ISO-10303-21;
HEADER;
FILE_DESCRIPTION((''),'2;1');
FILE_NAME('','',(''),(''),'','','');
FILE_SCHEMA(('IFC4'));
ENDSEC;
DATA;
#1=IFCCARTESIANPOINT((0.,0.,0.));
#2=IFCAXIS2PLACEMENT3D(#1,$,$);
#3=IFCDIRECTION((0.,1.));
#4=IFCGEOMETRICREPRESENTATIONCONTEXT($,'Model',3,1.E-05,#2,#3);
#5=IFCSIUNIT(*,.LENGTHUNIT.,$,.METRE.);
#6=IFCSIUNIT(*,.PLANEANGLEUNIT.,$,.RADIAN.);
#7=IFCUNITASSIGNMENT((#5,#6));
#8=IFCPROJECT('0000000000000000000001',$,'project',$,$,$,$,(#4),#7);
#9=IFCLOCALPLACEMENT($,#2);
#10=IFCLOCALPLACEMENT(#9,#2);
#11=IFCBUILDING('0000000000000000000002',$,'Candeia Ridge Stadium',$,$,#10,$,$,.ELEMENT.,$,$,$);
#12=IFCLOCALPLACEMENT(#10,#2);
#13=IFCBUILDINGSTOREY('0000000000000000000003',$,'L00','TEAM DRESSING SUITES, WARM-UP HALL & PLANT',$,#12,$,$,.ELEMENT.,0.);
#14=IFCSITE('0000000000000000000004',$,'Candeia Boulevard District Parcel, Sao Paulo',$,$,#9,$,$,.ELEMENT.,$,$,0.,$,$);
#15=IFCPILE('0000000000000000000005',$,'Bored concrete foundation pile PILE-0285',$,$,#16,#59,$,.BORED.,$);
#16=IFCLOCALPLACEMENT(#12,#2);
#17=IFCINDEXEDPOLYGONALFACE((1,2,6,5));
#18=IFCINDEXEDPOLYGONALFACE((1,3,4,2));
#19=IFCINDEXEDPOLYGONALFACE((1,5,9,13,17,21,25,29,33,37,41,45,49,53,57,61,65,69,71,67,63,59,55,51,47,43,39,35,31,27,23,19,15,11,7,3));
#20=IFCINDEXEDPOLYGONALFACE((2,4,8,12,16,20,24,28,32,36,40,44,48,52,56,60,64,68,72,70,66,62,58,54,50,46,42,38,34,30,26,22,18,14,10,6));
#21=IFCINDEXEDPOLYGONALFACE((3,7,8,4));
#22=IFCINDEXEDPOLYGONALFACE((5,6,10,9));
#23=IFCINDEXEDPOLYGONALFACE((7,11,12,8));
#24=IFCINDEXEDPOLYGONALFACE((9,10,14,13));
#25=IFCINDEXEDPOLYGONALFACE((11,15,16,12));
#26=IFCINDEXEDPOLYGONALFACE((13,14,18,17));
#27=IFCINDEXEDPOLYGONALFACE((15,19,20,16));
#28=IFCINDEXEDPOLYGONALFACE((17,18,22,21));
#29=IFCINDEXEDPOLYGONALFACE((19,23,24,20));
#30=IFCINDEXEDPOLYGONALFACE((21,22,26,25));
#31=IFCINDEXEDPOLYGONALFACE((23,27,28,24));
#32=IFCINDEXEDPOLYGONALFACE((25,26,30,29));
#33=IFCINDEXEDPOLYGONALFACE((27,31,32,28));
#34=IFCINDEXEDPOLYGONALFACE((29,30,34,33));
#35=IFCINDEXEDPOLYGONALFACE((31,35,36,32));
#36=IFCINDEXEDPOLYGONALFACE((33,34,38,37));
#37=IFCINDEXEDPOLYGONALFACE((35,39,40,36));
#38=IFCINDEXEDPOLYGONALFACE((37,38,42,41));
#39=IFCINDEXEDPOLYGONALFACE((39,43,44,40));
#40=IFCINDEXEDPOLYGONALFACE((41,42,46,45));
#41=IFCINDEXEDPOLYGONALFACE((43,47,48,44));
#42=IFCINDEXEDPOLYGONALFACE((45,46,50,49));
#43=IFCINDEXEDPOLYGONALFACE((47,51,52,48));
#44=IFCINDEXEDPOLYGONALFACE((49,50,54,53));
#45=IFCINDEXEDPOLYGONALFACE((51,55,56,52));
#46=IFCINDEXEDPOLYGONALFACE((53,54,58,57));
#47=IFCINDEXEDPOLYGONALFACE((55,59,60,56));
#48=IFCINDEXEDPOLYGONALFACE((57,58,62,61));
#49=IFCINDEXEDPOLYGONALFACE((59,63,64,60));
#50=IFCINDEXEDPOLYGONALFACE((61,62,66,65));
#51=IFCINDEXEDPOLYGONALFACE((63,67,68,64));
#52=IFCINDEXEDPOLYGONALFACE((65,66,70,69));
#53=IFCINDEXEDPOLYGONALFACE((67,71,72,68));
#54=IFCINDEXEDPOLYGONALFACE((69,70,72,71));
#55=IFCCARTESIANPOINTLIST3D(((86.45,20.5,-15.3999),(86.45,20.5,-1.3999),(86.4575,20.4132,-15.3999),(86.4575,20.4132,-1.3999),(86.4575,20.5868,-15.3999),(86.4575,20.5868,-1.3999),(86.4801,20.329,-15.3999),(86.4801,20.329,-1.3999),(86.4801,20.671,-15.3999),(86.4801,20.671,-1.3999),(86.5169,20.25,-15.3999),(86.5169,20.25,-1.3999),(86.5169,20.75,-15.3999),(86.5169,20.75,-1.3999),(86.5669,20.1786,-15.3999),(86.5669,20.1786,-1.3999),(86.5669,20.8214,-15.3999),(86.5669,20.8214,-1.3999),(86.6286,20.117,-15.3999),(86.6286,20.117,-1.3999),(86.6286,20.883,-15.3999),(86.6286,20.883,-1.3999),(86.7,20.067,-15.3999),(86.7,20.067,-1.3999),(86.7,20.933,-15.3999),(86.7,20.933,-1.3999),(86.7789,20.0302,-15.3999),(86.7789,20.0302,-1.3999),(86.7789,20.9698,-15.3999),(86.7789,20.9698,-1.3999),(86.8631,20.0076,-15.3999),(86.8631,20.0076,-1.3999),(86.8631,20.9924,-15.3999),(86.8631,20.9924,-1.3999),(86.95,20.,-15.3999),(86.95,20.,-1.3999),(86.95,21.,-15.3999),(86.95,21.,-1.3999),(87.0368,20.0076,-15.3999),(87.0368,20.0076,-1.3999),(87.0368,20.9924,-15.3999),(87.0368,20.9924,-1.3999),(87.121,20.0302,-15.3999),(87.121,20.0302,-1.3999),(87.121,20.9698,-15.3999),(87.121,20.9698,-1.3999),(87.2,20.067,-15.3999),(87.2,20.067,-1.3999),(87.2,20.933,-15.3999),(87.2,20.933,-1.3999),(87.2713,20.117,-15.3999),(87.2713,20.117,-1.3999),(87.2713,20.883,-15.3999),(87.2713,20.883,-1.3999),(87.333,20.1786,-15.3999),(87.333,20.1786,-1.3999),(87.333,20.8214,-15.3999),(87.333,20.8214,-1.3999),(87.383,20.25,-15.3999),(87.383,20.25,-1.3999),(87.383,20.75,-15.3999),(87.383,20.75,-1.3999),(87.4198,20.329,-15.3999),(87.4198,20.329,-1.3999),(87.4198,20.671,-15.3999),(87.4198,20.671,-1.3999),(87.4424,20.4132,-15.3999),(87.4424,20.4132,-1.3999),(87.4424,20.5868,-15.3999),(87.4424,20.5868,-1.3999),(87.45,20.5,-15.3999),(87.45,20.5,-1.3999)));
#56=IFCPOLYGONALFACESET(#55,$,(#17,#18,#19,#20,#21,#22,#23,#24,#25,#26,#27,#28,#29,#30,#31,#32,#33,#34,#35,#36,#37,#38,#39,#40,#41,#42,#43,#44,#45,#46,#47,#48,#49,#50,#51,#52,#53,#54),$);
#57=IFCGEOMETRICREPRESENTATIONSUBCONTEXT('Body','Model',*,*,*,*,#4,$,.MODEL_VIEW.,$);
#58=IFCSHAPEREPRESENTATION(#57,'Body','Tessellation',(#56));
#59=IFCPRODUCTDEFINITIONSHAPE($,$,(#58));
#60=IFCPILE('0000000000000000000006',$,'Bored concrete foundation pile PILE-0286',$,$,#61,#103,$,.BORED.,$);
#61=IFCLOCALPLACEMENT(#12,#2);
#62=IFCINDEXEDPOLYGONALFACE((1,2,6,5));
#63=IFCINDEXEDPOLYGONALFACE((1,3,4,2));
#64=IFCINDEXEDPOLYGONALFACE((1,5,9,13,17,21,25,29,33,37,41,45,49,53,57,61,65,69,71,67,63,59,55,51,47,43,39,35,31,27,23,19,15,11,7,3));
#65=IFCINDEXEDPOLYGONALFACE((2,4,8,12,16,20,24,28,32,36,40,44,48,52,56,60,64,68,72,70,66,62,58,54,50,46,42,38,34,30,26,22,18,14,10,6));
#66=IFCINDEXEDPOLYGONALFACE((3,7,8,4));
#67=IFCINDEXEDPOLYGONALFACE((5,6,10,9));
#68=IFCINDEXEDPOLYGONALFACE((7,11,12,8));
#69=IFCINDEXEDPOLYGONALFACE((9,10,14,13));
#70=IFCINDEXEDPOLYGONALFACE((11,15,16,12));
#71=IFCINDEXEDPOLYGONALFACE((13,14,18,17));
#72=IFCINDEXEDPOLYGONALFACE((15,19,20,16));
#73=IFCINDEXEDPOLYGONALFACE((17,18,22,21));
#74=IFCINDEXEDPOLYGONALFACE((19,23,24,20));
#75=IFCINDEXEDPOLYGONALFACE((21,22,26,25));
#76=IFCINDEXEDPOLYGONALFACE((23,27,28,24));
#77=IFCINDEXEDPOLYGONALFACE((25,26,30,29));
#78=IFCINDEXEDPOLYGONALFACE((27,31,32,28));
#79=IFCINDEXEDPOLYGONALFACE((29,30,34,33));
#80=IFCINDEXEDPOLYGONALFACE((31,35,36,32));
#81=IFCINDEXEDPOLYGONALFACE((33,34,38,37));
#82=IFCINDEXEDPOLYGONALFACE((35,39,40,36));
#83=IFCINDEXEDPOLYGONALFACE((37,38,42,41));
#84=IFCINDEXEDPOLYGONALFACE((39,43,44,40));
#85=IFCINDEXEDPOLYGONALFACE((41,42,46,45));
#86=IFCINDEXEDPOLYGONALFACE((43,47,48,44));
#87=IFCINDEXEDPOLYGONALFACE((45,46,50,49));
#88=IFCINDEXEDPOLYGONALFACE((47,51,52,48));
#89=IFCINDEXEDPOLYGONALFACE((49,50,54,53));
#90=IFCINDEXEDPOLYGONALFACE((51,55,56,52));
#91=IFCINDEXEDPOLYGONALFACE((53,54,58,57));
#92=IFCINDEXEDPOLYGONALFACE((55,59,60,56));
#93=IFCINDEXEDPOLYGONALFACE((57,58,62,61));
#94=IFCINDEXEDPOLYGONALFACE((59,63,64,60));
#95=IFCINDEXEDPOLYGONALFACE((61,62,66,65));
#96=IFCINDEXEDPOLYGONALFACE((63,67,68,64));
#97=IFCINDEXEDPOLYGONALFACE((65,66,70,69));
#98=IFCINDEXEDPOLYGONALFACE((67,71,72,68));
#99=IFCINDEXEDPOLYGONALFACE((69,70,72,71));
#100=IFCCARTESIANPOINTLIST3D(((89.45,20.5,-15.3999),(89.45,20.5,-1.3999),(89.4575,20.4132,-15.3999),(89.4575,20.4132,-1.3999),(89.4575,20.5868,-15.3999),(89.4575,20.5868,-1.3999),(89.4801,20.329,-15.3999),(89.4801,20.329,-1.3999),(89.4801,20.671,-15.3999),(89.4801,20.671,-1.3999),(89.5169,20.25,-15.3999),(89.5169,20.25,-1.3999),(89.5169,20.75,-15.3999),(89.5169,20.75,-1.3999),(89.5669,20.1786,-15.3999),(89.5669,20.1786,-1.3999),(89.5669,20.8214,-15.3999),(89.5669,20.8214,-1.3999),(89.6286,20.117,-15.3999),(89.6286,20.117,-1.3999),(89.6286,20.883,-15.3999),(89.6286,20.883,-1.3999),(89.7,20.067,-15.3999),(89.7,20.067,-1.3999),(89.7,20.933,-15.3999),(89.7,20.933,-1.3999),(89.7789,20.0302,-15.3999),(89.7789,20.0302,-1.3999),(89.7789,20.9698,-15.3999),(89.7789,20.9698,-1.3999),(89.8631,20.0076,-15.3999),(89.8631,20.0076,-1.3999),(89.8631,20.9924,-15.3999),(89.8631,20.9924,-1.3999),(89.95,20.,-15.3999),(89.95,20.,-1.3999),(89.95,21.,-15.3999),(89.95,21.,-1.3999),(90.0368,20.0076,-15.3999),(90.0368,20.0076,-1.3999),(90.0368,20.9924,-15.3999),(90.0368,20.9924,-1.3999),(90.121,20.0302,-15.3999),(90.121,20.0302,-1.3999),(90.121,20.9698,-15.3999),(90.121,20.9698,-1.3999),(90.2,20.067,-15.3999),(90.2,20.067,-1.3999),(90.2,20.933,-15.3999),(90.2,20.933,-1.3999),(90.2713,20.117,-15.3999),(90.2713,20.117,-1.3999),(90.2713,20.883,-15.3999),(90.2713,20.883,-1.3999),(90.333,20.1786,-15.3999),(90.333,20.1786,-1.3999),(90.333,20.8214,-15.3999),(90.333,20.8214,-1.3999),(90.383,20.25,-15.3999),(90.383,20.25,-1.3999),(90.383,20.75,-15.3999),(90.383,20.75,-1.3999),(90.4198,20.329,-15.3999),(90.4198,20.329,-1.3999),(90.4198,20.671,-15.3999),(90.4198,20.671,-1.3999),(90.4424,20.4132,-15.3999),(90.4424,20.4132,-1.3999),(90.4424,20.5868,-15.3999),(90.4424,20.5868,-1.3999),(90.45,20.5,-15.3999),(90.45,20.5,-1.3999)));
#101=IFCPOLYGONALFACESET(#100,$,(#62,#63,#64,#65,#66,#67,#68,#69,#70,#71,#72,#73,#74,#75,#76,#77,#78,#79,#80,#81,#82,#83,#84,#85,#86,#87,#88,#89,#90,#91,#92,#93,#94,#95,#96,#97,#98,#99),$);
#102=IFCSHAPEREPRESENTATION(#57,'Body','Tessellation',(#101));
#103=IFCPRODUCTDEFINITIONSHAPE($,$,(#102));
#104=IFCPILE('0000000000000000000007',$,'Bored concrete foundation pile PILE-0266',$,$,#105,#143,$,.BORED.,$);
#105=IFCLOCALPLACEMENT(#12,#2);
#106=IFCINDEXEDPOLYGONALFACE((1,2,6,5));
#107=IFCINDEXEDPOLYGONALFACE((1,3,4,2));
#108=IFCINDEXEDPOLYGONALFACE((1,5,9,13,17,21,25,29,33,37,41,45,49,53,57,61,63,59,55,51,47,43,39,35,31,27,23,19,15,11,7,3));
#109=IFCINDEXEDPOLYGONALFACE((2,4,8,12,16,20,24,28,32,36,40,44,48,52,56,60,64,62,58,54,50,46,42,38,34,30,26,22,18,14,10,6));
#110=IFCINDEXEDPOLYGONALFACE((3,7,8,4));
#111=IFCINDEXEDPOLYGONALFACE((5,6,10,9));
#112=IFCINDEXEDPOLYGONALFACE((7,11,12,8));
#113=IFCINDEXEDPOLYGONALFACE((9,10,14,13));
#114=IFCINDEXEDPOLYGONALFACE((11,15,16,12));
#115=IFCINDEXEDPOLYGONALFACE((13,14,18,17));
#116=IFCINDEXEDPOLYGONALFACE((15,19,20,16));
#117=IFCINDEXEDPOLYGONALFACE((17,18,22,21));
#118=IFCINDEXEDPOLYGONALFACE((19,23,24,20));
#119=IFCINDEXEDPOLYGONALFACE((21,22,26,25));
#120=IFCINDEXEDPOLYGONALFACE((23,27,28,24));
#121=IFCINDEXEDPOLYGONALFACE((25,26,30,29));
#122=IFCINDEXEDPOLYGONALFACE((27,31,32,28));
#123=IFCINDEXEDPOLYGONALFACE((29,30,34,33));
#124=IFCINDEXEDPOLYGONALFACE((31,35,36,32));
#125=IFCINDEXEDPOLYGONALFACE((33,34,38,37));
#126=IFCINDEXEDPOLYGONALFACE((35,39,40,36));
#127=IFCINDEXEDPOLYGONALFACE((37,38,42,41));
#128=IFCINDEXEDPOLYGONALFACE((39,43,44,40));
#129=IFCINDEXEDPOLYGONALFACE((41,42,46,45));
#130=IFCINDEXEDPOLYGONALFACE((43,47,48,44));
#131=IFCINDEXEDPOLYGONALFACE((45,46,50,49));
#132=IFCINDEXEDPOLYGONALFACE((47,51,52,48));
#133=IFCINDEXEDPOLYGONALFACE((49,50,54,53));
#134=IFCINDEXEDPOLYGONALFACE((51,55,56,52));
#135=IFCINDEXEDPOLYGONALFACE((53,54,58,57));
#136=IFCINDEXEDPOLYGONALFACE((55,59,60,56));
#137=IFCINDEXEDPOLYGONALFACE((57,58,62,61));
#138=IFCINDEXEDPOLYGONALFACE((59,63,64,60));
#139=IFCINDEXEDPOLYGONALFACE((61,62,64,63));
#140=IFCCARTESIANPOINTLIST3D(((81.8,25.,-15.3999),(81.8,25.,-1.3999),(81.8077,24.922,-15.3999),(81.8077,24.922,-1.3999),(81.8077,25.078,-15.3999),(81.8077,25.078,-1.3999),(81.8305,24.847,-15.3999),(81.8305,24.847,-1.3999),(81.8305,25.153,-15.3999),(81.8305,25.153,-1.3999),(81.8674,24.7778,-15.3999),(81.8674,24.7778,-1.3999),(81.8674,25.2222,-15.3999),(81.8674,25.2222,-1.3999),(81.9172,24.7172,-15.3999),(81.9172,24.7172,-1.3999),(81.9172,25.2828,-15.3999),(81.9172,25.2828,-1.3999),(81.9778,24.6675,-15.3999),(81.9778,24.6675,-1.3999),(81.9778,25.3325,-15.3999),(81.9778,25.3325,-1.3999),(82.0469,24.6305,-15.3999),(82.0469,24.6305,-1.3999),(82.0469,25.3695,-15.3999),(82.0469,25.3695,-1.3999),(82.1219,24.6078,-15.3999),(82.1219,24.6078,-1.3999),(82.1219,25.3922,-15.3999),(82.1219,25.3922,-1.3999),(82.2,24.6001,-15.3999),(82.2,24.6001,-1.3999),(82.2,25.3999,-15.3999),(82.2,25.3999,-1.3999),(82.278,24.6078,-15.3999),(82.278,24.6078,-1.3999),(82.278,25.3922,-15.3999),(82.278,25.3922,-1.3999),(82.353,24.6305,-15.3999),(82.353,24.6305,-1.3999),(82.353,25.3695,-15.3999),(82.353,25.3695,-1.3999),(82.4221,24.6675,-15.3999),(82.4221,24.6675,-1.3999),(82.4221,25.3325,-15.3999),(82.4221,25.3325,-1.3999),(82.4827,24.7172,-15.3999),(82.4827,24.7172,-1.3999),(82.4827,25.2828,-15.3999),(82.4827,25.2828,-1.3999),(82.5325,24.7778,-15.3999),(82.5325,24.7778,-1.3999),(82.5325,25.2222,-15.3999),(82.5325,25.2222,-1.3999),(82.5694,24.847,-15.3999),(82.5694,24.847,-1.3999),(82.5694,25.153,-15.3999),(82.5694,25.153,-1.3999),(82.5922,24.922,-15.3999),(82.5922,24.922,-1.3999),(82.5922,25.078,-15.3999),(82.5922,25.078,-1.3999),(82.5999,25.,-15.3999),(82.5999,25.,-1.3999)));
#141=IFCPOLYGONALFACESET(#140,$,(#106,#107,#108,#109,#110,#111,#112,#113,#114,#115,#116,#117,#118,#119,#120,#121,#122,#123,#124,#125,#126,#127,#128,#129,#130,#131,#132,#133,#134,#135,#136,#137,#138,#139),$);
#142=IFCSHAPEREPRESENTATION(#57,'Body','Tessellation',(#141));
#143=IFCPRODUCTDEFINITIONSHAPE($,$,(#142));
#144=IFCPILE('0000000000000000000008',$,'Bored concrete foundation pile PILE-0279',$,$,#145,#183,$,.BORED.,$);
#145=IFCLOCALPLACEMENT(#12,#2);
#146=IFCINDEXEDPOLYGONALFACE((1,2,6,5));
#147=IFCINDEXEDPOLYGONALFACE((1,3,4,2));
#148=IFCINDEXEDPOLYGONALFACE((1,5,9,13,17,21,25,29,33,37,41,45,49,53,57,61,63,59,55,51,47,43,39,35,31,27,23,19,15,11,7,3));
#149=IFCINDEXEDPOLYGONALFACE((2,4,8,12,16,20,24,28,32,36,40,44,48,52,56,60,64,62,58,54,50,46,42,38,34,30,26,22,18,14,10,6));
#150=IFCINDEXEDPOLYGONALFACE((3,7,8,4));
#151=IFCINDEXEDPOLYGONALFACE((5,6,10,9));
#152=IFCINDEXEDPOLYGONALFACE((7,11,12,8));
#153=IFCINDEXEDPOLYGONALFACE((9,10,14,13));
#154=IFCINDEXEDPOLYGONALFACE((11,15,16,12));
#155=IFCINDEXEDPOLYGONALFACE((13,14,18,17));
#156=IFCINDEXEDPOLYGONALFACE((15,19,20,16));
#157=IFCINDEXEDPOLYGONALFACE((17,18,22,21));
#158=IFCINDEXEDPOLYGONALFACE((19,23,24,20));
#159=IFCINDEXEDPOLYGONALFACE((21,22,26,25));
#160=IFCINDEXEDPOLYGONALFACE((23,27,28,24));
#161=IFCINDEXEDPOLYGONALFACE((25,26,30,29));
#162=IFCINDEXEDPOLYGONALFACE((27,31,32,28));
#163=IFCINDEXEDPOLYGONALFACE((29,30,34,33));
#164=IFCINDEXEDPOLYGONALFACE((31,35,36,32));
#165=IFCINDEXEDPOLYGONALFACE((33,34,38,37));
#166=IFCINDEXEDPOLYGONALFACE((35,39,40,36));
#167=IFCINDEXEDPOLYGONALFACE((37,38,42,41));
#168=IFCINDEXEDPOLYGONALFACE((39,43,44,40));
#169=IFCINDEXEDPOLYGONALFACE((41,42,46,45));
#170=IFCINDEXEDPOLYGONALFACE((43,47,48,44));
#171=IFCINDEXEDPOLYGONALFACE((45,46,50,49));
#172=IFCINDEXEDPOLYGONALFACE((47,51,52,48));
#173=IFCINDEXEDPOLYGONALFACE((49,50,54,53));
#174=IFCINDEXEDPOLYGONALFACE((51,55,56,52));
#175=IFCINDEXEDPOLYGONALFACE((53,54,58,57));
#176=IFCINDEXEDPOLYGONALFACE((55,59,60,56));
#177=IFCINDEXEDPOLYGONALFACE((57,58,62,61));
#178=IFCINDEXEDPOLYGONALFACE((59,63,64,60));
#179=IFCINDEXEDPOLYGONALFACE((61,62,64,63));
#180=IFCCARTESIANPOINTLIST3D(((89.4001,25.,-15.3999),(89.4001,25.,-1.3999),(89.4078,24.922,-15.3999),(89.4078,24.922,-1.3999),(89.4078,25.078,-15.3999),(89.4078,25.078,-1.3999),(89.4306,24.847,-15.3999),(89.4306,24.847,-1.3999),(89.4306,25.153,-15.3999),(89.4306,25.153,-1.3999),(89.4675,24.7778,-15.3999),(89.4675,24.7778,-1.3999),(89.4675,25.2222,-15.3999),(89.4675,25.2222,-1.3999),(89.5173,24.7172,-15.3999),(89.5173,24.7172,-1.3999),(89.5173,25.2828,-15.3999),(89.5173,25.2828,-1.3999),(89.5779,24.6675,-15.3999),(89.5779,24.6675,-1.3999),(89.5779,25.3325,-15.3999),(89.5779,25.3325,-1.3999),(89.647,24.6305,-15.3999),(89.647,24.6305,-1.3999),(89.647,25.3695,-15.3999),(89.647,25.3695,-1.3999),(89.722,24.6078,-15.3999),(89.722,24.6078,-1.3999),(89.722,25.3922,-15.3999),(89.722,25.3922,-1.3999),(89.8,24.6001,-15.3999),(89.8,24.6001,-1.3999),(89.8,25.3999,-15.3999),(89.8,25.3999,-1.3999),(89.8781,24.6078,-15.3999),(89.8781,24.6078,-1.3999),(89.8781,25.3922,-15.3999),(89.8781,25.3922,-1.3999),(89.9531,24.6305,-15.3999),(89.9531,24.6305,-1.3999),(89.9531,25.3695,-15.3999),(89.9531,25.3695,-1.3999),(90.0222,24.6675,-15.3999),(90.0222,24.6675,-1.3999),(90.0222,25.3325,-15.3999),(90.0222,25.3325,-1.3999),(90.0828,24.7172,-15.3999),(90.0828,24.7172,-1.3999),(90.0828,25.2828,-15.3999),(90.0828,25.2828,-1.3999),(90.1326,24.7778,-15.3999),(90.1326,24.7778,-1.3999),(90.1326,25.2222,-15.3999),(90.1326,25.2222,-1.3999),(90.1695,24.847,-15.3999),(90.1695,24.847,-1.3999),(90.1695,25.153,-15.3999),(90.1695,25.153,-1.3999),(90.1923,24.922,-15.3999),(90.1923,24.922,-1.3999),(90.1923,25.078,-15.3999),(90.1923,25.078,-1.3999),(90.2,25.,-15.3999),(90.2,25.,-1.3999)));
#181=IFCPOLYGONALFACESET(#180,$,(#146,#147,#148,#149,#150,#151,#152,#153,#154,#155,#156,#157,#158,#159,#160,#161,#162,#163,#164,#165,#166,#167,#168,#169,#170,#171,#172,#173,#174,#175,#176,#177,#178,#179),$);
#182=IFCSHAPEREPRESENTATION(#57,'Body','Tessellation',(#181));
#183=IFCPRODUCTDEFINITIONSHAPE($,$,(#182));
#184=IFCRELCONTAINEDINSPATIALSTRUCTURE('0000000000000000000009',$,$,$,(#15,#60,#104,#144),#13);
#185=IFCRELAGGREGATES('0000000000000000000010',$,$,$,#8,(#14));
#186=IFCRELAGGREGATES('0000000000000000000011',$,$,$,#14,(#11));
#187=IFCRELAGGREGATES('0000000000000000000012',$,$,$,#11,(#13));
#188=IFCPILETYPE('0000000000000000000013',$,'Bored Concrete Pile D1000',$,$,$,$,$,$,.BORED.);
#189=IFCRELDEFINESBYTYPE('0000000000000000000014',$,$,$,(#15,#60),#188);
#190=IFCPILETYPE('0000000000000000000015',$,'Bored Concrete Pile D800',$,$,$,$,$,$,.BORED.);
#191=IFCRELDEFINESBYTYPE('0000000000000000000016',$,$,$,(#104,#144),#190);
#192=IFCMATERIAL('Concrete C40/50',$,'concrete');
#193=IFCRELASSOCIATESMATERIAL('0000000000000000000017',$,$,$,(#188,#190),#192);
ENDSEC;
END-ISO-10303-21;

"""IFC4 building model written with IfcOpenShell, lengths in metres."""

from ifc_helpers import new_model, si_unit, direction, frame, origin, origin_2d, place, context, subcontext, project, spatial, circle, extrude, material, material_profile, profile_set, type_object, element, save


model = new_model("IFC4")

# Units and contexts
model_context = context("Model", 3, precision=1e-05, world=origin(), true_north=direction((0.0, 1.0)))
body_context = subcontext(model_context, "Body", "Model", "MODEL_VIEW")
ifc_project = project(units=[si_unit("LENGTHUNIT", "METRE"), si_unit("PLANEANGLEUNIT", "RADIAN")], contexts=[model_context])

# Site, building, storey
site_placement = place(None, origin())
site = spatial("IfcSite", under=ifc_project, at=site_placement, Name="Candeia Boulevard District Parcel, Sao Paulo", CompositionType="ELEMENT", RefElevation=0.0)
building_placement = place(site_placement, origin())
building = spatial("IfcBuilding", under=site, at=building_placement, Name="Candeia Ridge Stadium", CompositionType="ELEMENT")
storey_placement = place(building_placement, origin())
storey = spatial("IfcBuildingStorey", under=building, at=storey_placement, Name="L00", Description="TEAM DRESSING SUITES, WARM-UP HALL & PLANT", CompositionType="ELEMENT", Elevation=0.0)

# Piles
ifc_material_1 = material(Name="Concrete C40/50", Category="concrete")
ifc_material_profile_1 = material_profile(ifc_material_1, circle(Radius=0.5, at=origin_2d()), Name="PILE-D1000", Category="concrete")
ifc_profile_set_1 = profile_set([ifc_material_profile_1], Name="Concrete C40/50")
pile_type_1 = type_object("IfcPileType", Name="Bored Concrete Pile D1000", PredefinedType="BORED", material=ifc_profile_set_1)
for number, where, z_axis, x_axis, name in (
    (1, (86.95, 20.5, -1.3999), (0.0, 0.0, -1.0), (1.0, 0.0, 0.0), "Bored concrete foundation pile PILE-0285"),
    (2, (89.95, 20.5, -1.3999), (0.0, 0.0, -1.0), (1.0, 0.0, 0.0), "Bored concrete foundation pile PILE-0286"),
):
    element("IfcPile", number, at=place(storey_placement, frame(where, z_axis=z_axis, x_axis=x_axis)), inside=storey, type_object=pile_type_1, Name=name, PredefinedType="BORED", context=body_context, shape_type="SweptSolid", body=[
        extrude(circle(Radius=0.5, at=origin_2d()), origin(), (0.0, 0.0, 1.0), 14.0),
    ])
ifc_material_profile_2 = material_profile(ifc_material_1, circle(Radius=0.3999, at=origin_2d()), Name="PILE-D800", Category="concrete")
ifc_profile_set_2 = profile_set([ifc_material_profile_2], Name="Concrete C40/50")
pile_type_2 = type_object("IfcPileType", Name="Bored Concrete Pile D800", PredefinedType="BORED", material=ifc_profile_set_2)
for number, where, z_axis, x_axis, name in (
    (3, (82.2, 25.0, -1.3999), (0.0, 0.0, -1.0), (1.0, 0.0, 0.0), "Bored concrete foundation pile PILE-0266"),
    (4, (89.8, 25.0, -1.3999), (0.0, 0.0, -1.0), (1.0, 0.0, 0.0), "Bored concrete foundation pile PILE-0279"),
):
    element("IfcPile", number, at=place(storey_placement, frame(where, z_axis=z_axis, x_axis=x_axis)), inside=storey, type_object=pile_type_2, Name=name, PredefinedType="BORED", context=body_context, shape_type="SweptSolid", body=[
        extrude(circle(Radius=0.3999, at=origin_2d()), origin(), (0.0, 0.0, 1.0), 14.0),
    ])

save(model, "model.ifc")
